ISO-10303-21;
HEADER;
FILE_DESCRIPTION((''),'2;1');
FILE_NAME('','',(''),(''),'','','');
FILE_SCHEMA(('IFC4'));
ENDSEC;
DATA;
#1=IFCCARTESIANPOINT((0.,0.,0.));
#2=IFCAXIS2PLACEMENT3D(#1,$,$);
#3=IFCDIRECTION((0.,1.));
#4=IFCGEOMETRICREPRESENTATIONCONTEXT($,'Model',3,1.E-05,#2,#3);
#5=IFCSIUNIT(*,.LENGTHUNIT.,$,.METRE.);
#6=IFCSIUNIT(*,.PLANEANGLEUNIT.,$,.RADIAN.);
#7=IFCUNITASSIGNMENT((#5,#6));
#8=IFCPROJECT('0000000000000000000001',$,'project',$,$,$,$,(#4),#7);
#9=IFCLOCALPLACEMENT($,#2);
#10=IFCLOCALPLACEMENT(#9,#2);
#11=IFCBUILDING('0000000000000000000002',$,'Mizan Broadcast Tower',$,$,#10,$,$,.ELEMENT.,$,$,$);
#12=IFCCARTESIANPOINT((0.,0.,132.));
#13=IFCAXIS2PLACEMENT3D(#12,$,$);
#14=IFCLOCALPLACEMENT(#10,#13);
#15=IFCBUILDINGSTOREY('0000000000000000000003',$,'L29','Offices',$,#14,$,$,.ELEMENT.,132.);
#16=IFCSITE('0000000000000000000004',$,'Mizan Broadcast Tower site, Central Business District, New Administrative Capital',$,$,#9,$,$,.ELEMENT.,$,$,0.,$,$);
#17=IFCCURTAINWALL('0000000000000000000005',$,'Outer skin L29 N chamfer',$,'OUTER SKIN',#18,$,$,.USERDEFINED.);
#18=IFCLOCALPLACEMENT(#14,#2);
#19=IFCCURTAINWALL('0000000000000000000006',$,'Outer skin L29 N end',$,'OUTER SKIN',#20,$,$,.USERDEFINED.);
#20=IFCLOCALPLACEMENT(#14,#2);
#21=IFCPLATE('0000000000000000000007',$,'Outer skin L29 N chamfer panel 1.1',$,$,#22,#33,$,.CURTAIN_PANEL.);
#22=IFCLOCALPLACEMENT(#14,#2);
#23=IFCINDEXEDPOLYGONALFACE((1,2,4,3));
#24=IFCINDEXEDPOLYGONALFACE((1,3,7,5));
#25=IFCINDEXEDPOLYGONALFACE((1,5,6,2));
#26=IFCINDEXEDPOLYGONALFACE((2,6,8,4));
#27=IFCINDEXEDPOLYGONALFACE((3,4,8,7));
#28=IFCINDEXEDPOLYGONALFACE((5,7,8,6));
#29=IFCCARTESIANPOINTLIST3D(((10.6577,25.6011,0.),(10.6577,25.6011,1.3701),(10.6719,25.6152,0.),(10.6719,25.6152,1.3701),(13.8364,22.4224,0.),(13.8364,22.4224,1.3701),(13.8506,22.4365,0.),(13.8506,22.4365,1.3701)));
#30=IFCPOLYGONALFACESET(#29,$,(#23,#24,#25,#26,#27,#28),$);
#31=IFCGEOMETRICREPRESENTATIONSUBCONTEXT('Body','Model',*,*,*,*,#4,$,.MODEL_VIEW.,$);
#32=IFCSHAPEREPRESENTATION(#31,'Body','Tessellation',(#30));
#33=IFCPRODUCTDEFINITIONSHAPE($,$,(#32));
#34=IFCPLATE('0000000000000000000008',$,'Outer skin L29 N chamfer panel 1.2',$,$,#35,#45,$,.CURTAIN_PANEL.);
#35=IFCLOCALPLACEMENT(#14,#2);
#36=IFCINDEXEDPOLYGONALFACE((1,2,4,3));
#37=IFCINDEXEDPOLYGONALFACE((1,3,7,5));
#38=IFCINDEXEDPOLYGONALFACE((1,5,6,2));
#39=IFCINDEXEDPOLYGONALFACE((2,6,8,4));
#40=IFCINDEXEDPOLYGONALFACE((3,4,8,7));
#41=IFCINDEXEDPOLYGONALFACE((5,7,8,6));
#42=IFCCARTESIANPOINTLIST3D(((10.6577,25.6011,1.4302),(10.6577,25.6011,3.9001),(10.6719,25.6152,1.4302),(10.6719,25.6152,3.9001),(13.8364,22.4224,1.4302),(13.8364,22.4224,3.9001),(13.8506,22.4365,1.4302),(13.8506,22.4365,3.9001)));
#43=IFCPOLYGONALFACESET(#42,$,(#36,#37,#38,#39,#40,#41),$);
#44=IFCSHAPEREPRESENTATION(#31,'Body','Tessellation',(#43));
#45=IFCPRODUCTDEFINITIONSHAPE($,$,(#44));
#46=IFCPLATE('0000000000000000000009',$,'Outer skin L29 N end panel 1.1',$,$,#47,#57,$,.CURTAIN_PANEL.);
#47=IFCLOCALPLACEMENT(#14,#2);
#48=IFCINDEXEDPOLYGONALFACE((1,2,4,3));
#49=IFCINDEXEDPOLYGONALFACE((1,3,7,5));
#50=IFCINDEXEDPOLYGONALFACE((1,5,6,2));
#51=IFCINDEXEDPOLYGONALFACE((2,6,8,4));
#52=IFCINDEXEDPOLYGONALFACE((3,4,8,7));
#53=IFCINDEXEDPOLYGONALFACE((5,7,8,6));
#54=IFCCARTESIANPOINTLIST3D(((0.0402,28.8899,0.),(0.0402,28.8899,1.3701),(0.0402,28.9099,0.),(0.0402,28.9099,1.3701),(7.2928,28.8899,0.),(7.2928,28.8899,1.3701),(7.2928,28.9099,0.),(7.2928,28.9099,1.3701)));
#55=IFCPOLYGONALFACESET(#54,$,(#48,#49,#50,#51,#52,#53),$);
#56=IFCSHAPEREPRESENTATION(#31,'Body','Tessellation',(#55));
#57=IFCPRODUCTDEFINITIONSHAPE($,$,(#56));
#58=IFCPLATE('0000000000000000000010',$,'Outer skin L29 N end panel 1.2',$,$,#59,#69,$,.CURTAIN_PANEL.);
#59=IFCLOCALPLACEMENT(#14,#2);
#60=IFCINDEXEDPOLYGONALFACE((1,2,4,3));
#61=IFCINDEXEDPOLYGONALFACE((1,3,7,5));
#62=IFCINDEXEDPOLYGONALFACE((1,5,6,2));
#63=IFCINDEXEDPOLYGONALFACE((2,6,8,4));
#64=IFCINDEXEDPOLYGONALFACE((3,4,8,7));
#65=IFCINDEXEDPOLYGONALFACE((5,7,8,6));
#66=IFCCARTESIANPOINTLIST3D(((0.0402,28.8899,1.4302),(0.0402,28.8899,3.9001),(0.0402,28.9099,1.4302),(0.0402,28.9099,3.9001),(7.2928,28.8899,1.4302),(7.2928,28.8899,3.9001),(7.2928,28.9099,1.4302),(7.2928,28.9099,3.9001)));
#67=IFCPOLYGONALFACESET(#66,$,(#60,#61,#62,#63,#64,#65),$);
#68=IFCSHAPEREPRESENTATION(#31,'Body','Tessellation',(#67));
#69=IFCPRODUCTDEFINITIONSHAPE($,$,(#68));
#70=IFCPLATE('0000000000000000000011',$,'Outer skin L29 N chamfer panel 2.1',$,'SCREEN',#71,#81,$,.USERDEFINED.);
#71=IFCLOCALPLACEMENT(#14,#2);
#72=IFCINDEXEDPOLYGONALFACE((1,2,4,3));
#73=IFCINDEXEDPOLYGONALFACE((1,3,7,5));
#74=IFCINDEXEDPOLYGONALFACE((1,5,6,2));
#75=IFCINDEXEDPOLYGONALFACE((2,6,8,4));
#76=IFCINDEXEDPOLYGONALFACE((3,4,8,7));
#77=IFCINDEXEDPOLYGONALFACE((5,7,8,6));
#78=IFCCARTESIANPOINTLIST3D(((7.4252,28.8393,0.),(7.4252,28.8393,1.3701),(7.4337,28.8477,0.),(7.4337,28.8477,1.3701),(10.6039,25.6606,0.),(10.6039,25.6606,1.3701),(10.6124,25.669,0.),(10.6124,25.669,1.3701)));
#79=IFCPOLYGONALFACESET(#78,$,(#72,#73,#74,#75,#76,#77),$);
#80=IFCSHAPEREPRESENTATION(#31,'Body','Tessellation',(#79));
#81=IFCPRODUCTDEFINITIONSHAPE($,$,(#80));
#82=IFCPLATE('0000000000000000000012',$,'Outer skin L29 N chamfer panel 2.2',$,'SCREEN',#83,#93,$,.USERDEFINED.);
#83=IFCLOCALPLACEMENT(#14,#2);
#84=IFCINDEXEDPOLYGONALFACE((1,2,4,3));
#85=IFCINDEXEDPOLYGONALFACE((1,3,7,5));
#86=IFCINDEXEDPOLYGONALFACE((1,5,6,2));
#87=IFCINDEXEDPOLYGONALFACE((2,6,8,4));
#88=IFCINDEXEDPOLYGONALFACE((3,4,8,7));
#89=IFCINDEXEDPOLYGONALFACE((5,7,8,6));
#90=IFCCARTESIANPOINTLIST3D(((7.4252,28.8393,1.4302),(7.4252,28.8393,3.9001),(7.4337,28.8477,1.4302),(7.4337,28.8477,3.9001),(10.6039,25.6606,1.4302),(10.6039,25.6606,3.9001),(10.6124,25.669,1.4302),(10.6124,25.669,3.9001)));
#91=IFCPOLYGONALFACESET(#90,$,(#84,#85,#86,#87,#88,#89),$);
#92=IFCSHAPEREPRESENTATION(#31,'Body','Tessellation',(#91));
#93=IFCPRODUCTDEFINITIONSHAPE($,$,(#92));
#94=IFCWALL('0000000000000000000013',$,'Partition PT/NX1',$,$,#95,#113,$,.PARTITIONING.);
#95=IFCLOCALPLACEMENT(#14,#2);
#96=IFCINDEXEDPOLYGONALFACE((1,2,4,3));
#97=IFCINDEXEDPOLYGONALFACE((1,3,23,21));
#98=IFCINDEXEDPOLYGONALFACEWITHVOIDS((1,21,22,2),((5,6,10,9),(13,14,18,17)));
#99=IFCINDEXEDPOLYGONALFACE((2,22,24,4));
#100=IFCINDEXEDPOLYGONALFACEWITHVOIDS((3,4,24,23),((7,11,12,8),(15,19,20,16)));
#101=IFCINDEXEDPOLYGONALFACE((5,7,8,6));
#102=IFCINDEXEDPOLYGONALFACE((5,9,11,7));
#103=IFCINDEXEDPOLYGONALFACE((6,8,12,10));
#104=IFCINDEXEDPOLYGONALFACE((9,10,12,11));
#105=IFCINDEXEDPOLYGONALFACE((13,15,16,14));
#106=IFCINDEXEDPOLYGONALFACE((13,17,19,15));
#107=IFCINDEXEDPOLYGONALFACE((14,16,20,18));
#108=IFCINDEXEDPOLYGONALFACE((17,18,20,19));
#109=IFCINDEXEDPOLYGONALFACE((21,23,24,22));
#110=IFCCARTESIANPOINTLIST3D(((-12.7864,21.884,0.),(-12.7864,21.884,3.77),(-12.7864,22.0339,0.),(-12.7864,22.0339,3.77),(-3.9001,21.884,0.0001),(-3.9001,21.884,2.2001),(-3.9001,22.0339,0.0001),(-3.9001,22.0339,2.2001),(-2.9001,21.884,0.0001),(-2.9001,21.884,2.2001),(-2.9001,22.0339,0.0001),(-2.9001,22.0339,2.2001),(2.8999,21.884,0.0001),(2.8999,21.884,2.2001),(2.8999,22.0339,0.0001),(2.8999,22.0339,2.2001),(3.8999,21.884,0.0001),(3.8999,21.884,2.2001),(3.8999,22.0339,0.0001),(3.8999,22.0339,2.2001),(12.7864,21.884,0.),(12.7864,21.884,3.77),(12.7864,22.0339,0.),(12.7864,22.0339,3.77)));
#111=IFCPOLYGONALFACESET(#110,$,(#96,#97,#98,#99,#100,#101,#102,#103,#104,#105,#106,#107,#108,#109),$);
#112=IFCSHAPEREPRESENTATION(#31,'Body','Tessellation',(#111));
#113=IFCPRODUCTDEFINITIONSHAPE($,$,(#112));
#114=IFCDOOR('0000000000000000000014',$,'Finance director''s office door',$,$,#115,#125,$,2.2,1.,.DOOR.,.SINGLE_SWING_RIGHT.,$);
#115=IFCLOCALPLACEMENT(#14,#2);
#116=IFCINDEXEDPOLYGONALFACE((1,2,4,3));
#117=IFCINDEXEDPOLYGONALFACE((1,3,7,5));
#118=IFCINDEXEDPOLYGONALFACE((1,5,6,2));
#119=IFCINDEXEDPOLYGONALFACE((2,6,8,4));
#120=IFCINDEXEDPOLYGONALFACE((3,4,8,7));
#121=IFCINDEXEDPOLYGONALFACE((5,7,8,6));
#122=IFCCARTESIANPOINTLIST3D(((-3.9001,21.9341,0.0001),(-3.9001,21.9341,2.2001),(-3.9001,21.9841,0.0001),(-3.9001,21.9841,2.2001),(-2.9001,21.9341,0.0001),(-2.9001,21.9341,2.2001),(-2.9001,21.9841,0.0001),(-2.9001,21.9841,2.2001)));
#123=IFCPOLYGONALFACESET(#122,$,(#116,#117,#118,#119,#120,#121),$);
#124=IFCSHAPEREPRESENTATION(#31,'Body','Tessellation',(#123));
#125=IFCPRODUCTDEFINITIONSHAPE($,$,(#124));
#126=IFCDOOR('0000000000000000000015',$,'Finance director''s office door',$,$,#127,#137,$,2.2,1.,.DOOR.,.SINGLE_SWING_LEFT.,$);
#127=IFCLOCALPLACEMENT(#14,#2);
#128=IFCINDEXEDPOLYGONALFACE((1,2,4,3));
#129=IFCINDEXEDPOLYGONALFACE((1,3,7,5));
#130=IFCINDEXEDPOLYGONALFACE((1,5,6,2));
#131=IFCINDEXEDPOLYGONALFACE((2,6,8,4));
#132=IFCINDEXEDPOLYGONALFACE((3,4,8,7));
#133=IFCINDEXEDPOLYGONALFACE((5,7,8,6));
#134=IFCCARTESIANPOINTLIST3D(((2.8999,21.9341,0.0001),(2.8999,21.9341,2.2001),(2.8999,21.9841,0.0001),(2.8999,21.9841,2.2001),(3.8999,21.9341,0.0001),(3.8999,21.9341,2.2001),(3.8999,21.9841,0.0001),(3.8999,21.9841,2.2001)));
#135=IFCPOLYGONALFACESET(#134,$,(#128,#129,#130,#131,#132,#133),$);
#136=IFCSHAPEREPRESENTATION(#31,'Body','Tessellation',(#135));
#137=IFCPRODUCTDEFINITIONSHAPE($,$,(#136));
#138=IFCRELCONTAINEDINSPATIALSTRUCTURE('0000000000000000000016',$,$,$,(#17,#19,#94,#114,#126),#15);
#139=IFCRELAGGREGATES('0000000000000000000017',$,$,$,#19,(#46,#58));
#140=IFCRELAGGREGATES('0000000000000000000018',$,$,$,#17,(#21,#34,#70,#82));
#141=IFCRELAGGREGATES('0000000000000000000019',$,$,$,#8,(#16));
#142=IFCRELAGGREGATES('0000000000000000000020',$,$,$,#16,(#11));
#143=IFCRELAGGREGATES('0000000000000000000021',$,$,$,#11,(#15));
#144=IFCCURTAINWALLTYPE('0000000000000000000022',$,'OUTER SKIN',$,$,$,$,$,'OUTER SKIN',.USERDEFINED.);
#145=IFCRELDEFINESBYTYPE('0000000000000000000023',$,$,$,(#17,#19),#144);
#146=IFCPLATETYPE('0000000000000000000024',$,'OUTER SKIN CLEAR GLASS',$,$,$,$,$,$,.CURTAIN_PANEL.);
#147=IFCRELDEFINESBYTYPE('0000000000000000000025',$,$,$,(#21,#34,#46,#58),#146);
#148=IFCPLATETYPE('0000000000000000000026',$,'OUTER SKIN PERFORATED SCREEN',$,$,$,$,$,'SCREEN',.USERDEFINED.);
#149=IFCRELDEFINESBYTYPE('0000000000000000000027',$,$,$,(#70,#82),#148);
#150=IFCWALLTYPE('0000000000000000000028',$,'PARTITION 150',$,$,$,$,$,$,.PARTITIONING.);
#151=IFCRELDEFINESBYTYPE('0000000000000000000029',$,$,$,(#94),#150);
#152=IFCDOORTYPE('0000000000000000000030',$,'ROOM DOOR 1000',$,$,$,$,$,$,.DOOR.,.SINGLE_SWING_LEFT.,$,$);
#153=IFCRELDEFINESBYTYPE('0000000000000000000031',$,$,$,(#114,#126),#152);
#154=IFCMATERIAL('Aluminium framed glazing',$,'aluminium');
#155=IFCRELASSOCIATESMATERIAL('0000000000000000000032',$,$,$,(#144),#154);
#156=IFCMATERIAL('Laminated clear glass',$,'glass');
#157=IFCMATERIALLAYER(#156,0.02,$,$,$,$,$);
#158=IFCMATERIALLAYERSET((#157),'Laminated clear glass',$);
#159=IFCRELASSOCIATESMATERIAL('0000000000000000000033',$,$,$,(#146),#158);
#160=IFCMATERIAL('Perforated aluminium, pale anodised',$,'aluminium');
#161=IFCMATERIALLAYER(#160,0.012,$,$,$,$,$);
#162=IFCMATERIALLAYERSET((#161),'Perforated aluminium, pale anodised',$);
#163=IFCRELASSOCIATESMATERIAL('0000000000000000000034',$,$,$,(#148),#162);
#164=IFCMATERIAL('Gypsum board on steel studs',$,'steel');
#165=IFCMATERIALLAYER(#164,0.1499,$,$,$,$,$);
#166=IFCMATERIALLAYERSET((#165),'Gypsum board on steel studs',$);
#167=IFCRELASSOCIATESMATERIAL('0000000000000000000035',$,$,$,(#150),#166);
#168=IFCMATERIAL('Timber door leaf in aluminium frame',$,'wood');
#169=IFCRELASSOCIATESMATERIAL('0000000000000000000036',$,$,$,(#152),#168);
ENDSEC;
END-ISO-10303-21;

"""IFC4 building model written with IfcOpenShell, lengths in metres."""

from ifc_helpers import new_model, si_unit, direction, frame, frame_2d, origin, origin_2d, place, context, subcontext, project, spatial, rectangle, extrude, material, layer, layer_set, type_object, element, fill, aggregate, save


model = new_model("IFC4")

# Units and contexts
model_context = context("Model", 3, precision=1e-05, world=origin(), true_north=direction((0.0, 1.0)))
body_context = subcontext(model_context, "Body", "Model", "MODEL_VIEW")
ifc_project = project(units=[si_unit("LENGTHUNIT", "METRE"), si_unit("PLANEANGLEUNIT", "RADIAN")], contexts=[model_context])

# Site, building, storey
site_placement = place(None, origin())
site = spatial("IfcSite", under=ifc_project, at=site_placement, Name="Mizan Broadcast Tower site, Central Business District, New Administrative Capital", CompositionType="ELEMENT", RefElevation=0.0)
building_placement = place(site_placement, origin())
building = spatial("IfcBuilding", under=site, at=building_placement, Name="Mizan Broadcast Tower", CompositionType="ELEMENT")
storey_placement = place(building_placement, frame((0.0, 0.0, 132.0)))
storey = spatial("IfcBuildingStorey", under=building, at=storey_placement, Name="L29", Description="Offices", CompositionType="ELEMENT", Elevation=132.0)

# Shared definitions
ifc_material_1 = material(Name="Aluminium framed glazing", Category="aluminium")
curtain_wall_type_1 = type_object("IfcCurtainWallType", Name="OUTER SKIN", ElementType="OUTER SKIN", PredefinedType="USERDEFINED", material=ifc_material_1)

# Curtain wall
curtain_wall_1_placement = place(storey_placement, origin())
curtain_wall_1 = element("IfcCurtainWall", 1, at=curtain_wall_1_placement, inside=storey, type_object=curtain_wall_type_1, Name="Outer skin L29 N chamfer", ObjectType="OUTER SKIN", PredefinedType="USERDEFINED")

# Curtain wall
curtain_wall_2_placement = place(storey_placement, origin())
curtain_wall_2 = element("IfcCurtainWall", 2, at=curtain_wall_2_placement, inside=storey, type_object=curtain_wall_type_1, Name="Outer skin L29 N end", ObjectType="OUTER SKIN", PredefinedType="USERDEFINED")

# Plates
ifc_material_2 = material(Name="Laminated clear glass", Category="glass")
ifc_layer_1 = layer(ifc_material_2, 0.02)
ifc_layer_set_1 = layer_set([ifc_layer_1], Name="Laminated clear glass")
plate_type_1 = type_object("IfcPlateType", Name="OUTER SKIN CLEAR GLASS", PredefinedType="CURTAIN_PANEL", material=ifc_layer_set_1)
plate_1_placement = place(storey_placement, frame((12.2542, 24.0188, 0.0), z_axis=(0.0, 0.0, 1.0), x_axis=(-0.707107, 0.707107, 0.0)))
plate_1 = element("IfcPlate", 3, at=plate_1_placement, type_object=plate_type_1, Name="Outer skin L29 N chamfer panel 1.1", PredefinedType="CURTAIN_PANEL", context=body_context, shape_type="SweptSolid", body=[
    extrude(rectangle(XDim=4.4954, YDim=0.02, at=origin_2d()), origin(), (0.0, 0.0, 1.0), 1.3701),
])
plate_2_placement = place(storey_placement, frame((12.2542, 24.0188, 1.4302), z_axis=(0.0, 0.0, 1.0), x_axis=(-0.707107, 0.707107, 0.0)))
plate_2 = element("IfcPlate", 4, at=plate_2_placement, type_object=plate_type_1, Name="Outer skin L29 N chamfer panel 1.2", PredefinedType="CURTAIN_PANEL", context=body_context, shape_type="SweptSolid", body=[
    extrude(rectangle(XDim=4.4954, YDim=0.02, at=origin_2d()), origin(), (0.0, 0.0, 1.0), 2.47),
])
plate_3_placement = place(storey_placement, frame((3.6665, 28.8999, 0.0), z_axis=(0.0, 0.0, 1.0), x_axis=(-1.0, 0.0, 0.0)))
plate_3 = element("IfcPlate", 5, at=plate_3_placement, type_object=plate_type_1, Name="Outer skin L29 N end panel 1.1", PredefinedType="CURTAIN_PANEL", context=body_context, shape_type="SweptSolid", body=[
    extrude(rectangle(XDim=7.2527, YDim=0.02, at=origin_2d()), origin(), (0.0, 0.0, 1.0), 1.3701),
])
plate_4_placement = place(storey_placement, frame((3.6665, 28.8999, 1.4302), z_axis=(0.0, 0.0, 1.0), x_axis=(-1.0, 0.0, 0.0)))
plate_4 = element("IfcPlate", 6, at=plate_4_placement, type_object=plate_type_1, Name="Outer skin L29 N end panel 1.2", PredefinedType="CURTAIN_PANEL", context=body_context, shape_type="SweptSolid", body=[
    extrude(rectangle(XDim=7.2527, YDim=0.02, at=origin_2d()), origin(), (0.0, 0.0, 1.0), 2.47),
])
aggregate(curtain_wall_2, [plate_3, plate_4])
ifc_material_3 = material(Name="Perforated aluminium, pale anodised", Category="aluminium")
ifc_layer_2 = layer(ifc_material_3, 0.012)
ifc_layer_set_2 = layer_set([ifc_layer_2], Name="Perforated aluminium, pale anodised")
plate_type_2 = type_object("IfcPlateType", Name="OUTER SKIN PERFORATED SCREEN", ElementType="SCREEN", PredefinedType="USERDEFINED", material=ifc_layer_set_2)
plate_5_placement = place(storey_placement, frame((9.0188, 27.2542, 0.0), z_axis=(0.0, 0.0, 1.0), x_axis=(-0.707107, 0.707107, 0.0)))
plate_5 = element("IfcPlate", 7, at=plate_5_placement, type_object=plate_type_2, Name="Outer skin L29 N chamfer panel 2.1", ObjectType="SCREEN", PredefinedType="USERDEFINED", context=body_context, shape_type="SweptSolid", body=[
    extrude(rectangle(XDim=4.4954, YDim=0.012, at=origin_2d()), origin(), (0.0, 0.0, 1.0), 1.3701),
])
plate_6_placement = place(storey_placement, frame((9.0188, 27.2542, 1.4302), z_axis=(0.0, 0.0, 1.0), x_axis=(-0.707107, 0.707107, 0.0)))
plate_6 = element("IfcPlate", 8, at=plate_6_placement, type_object=plate_type_2, Name="Outer skin L29 N chamfer panel 2.2", ObjectType="SCREEN", PredefinedType="USERDEFINED", context=body_context, shape_type="SweptSolid", body=[
    extrude(rectangle(XDim=4.4954, YDim=0.012, at=origin_2d()), origin(), (0.0, 0.0, 1.0), 2.47),
])
aggregate(curtain_wall_1, [plate_1, plate_2, plate_5, plate_6])

# Wall, openings, doors
ifc_material_4 = material(Name="Gypsum board on steel studs", Category="steel")
ifc_layer_3 = layer(ifc_material_4, 0.1499)
ifc_layer_set_3 = layer_set([ifc_layer_3], Name="Gypsum board on steel studs")
wall_type = type_object("IfcWallType", Name="PARTITION 150", PredefinedType="PARTITIONING", material=ifc_layer_set_3)
wall_placement = place(storey_placement, frame((12.7864, 21.959, 0.0), z_axis=(0.0, 0.0, 1.0), x_axis=(-1.0, 0.0, 0.0)))
wall = element("IfcWall", 9, at=wall_placement, inside=storey, type_object=wall_type, Name="Partition PT/NX1", PredefinedType="PARTITIONING", context=body_context, shape_type="SweptSolid", body=[
    extrude(rectangle(XDim=25.5728, YDim=0.1499, at=frame_2d((12.7864, 0.0))), origin(), (0.0, 0.0, 1.0), 3.77),
])
opening_1_placement = place(wall_placement, frame((15.6865, 0.0, 0.0)))
opening_1 = element("IfcOpeningElement", 10, at=opening_1_placement, cuts=wall, PredefinedType="OPENING", context=body_context, shape_type="SweptSolid", body=[
    extrude(rectangle(XDim=1.0, YDim=2.2, at=frame_2d((0.5, 1.1001))), frame((0.0, 0.085, 0.0), z_axis=(0.0, -1.0, 0.0), x_axis=(1.0, 0.0, 0.0)), (0.0, 0.0, 1.0), 0.1699),
])
opening_2_placement = place(wall_placement, frame((8.8865, 0.0, 0.0)))
opening_2 = element("IfcOpeningElement", 11, at=opening_2_placement, cuts=wall, PredefinedType="OPENING", context=body_context, shape_type="SweptSolid", body=[
    extrude(rectangle(XDim=1.0, YDim=2.2, at=frame_2d((0.5, 1.1001))), frame((0.0, 0.085, 0.0), z_axis=(0.0, -1.0, 0.0), x_axis=(1.0, 0.0, 0.0)), (0.0, 0.0, 1.0), 0.1699),
])
ifc_material_5 = material(Name="Timber door leaf in aluminium frame", Category="wood")
door_type = type_object("IfcDoorType", Name="ROOM DOOR 1000", OperationType="SINGLE_SWING_LEFT", PredefinedType="DOOR", material=ifc_material_5)
door_1_placement = place(opening_1_placement, origin())
door_1 = element("IfcDoor", 12, at=door_1_placement, inside=storey, type_object=door_type, Name="Finance director's office door", OperationType="SINGLE_SWING_RIGHT", OverallHeight=2.2, OverallWidth=1.0, PredefinedType="DOOR", context=body_context, shape_type="SweptSolid", body=[
    extrude(rectangle(XDim=1.0, YDim=2.2, at=frame_2d((0.5, 1.1001))), frame((0.0, 0.0249, 0.0), z_axis=(0.0, -1.0, 0.0), x_axis=(1.0, 0.0, 0.0)), (0.0, 0.0, 1.0), 0.05),
])
fill(opening_1, door_1)
door_2_placement = place(opening_2_placement, origin())
door_2 = element("IfcDoor", 13, at=door_2_placement, inside=storey, type_object=door_type, Name="Finance director's office door", OperationType="SINGLE_SWING_LEFT", OverallHeight=2.2, OverallWidth=1.0, PredefinedType="DOOR", context=body_context, shape_type="SweptSolid", body=[
    extrude(rectangle(XDim=1.0, YDim=2.2, at=frame_2d((0.5, 1.1001))), frame((0.0, 0.0249, 0.0), z_axis=(0.0, -1.0, 0.0), x_axis=(1.0, 0.0, 0.0)), (0.0, 0.0, 1.0), 0.05),
])
fill(opening_2, door_2)

save(model, "model.ifc")
